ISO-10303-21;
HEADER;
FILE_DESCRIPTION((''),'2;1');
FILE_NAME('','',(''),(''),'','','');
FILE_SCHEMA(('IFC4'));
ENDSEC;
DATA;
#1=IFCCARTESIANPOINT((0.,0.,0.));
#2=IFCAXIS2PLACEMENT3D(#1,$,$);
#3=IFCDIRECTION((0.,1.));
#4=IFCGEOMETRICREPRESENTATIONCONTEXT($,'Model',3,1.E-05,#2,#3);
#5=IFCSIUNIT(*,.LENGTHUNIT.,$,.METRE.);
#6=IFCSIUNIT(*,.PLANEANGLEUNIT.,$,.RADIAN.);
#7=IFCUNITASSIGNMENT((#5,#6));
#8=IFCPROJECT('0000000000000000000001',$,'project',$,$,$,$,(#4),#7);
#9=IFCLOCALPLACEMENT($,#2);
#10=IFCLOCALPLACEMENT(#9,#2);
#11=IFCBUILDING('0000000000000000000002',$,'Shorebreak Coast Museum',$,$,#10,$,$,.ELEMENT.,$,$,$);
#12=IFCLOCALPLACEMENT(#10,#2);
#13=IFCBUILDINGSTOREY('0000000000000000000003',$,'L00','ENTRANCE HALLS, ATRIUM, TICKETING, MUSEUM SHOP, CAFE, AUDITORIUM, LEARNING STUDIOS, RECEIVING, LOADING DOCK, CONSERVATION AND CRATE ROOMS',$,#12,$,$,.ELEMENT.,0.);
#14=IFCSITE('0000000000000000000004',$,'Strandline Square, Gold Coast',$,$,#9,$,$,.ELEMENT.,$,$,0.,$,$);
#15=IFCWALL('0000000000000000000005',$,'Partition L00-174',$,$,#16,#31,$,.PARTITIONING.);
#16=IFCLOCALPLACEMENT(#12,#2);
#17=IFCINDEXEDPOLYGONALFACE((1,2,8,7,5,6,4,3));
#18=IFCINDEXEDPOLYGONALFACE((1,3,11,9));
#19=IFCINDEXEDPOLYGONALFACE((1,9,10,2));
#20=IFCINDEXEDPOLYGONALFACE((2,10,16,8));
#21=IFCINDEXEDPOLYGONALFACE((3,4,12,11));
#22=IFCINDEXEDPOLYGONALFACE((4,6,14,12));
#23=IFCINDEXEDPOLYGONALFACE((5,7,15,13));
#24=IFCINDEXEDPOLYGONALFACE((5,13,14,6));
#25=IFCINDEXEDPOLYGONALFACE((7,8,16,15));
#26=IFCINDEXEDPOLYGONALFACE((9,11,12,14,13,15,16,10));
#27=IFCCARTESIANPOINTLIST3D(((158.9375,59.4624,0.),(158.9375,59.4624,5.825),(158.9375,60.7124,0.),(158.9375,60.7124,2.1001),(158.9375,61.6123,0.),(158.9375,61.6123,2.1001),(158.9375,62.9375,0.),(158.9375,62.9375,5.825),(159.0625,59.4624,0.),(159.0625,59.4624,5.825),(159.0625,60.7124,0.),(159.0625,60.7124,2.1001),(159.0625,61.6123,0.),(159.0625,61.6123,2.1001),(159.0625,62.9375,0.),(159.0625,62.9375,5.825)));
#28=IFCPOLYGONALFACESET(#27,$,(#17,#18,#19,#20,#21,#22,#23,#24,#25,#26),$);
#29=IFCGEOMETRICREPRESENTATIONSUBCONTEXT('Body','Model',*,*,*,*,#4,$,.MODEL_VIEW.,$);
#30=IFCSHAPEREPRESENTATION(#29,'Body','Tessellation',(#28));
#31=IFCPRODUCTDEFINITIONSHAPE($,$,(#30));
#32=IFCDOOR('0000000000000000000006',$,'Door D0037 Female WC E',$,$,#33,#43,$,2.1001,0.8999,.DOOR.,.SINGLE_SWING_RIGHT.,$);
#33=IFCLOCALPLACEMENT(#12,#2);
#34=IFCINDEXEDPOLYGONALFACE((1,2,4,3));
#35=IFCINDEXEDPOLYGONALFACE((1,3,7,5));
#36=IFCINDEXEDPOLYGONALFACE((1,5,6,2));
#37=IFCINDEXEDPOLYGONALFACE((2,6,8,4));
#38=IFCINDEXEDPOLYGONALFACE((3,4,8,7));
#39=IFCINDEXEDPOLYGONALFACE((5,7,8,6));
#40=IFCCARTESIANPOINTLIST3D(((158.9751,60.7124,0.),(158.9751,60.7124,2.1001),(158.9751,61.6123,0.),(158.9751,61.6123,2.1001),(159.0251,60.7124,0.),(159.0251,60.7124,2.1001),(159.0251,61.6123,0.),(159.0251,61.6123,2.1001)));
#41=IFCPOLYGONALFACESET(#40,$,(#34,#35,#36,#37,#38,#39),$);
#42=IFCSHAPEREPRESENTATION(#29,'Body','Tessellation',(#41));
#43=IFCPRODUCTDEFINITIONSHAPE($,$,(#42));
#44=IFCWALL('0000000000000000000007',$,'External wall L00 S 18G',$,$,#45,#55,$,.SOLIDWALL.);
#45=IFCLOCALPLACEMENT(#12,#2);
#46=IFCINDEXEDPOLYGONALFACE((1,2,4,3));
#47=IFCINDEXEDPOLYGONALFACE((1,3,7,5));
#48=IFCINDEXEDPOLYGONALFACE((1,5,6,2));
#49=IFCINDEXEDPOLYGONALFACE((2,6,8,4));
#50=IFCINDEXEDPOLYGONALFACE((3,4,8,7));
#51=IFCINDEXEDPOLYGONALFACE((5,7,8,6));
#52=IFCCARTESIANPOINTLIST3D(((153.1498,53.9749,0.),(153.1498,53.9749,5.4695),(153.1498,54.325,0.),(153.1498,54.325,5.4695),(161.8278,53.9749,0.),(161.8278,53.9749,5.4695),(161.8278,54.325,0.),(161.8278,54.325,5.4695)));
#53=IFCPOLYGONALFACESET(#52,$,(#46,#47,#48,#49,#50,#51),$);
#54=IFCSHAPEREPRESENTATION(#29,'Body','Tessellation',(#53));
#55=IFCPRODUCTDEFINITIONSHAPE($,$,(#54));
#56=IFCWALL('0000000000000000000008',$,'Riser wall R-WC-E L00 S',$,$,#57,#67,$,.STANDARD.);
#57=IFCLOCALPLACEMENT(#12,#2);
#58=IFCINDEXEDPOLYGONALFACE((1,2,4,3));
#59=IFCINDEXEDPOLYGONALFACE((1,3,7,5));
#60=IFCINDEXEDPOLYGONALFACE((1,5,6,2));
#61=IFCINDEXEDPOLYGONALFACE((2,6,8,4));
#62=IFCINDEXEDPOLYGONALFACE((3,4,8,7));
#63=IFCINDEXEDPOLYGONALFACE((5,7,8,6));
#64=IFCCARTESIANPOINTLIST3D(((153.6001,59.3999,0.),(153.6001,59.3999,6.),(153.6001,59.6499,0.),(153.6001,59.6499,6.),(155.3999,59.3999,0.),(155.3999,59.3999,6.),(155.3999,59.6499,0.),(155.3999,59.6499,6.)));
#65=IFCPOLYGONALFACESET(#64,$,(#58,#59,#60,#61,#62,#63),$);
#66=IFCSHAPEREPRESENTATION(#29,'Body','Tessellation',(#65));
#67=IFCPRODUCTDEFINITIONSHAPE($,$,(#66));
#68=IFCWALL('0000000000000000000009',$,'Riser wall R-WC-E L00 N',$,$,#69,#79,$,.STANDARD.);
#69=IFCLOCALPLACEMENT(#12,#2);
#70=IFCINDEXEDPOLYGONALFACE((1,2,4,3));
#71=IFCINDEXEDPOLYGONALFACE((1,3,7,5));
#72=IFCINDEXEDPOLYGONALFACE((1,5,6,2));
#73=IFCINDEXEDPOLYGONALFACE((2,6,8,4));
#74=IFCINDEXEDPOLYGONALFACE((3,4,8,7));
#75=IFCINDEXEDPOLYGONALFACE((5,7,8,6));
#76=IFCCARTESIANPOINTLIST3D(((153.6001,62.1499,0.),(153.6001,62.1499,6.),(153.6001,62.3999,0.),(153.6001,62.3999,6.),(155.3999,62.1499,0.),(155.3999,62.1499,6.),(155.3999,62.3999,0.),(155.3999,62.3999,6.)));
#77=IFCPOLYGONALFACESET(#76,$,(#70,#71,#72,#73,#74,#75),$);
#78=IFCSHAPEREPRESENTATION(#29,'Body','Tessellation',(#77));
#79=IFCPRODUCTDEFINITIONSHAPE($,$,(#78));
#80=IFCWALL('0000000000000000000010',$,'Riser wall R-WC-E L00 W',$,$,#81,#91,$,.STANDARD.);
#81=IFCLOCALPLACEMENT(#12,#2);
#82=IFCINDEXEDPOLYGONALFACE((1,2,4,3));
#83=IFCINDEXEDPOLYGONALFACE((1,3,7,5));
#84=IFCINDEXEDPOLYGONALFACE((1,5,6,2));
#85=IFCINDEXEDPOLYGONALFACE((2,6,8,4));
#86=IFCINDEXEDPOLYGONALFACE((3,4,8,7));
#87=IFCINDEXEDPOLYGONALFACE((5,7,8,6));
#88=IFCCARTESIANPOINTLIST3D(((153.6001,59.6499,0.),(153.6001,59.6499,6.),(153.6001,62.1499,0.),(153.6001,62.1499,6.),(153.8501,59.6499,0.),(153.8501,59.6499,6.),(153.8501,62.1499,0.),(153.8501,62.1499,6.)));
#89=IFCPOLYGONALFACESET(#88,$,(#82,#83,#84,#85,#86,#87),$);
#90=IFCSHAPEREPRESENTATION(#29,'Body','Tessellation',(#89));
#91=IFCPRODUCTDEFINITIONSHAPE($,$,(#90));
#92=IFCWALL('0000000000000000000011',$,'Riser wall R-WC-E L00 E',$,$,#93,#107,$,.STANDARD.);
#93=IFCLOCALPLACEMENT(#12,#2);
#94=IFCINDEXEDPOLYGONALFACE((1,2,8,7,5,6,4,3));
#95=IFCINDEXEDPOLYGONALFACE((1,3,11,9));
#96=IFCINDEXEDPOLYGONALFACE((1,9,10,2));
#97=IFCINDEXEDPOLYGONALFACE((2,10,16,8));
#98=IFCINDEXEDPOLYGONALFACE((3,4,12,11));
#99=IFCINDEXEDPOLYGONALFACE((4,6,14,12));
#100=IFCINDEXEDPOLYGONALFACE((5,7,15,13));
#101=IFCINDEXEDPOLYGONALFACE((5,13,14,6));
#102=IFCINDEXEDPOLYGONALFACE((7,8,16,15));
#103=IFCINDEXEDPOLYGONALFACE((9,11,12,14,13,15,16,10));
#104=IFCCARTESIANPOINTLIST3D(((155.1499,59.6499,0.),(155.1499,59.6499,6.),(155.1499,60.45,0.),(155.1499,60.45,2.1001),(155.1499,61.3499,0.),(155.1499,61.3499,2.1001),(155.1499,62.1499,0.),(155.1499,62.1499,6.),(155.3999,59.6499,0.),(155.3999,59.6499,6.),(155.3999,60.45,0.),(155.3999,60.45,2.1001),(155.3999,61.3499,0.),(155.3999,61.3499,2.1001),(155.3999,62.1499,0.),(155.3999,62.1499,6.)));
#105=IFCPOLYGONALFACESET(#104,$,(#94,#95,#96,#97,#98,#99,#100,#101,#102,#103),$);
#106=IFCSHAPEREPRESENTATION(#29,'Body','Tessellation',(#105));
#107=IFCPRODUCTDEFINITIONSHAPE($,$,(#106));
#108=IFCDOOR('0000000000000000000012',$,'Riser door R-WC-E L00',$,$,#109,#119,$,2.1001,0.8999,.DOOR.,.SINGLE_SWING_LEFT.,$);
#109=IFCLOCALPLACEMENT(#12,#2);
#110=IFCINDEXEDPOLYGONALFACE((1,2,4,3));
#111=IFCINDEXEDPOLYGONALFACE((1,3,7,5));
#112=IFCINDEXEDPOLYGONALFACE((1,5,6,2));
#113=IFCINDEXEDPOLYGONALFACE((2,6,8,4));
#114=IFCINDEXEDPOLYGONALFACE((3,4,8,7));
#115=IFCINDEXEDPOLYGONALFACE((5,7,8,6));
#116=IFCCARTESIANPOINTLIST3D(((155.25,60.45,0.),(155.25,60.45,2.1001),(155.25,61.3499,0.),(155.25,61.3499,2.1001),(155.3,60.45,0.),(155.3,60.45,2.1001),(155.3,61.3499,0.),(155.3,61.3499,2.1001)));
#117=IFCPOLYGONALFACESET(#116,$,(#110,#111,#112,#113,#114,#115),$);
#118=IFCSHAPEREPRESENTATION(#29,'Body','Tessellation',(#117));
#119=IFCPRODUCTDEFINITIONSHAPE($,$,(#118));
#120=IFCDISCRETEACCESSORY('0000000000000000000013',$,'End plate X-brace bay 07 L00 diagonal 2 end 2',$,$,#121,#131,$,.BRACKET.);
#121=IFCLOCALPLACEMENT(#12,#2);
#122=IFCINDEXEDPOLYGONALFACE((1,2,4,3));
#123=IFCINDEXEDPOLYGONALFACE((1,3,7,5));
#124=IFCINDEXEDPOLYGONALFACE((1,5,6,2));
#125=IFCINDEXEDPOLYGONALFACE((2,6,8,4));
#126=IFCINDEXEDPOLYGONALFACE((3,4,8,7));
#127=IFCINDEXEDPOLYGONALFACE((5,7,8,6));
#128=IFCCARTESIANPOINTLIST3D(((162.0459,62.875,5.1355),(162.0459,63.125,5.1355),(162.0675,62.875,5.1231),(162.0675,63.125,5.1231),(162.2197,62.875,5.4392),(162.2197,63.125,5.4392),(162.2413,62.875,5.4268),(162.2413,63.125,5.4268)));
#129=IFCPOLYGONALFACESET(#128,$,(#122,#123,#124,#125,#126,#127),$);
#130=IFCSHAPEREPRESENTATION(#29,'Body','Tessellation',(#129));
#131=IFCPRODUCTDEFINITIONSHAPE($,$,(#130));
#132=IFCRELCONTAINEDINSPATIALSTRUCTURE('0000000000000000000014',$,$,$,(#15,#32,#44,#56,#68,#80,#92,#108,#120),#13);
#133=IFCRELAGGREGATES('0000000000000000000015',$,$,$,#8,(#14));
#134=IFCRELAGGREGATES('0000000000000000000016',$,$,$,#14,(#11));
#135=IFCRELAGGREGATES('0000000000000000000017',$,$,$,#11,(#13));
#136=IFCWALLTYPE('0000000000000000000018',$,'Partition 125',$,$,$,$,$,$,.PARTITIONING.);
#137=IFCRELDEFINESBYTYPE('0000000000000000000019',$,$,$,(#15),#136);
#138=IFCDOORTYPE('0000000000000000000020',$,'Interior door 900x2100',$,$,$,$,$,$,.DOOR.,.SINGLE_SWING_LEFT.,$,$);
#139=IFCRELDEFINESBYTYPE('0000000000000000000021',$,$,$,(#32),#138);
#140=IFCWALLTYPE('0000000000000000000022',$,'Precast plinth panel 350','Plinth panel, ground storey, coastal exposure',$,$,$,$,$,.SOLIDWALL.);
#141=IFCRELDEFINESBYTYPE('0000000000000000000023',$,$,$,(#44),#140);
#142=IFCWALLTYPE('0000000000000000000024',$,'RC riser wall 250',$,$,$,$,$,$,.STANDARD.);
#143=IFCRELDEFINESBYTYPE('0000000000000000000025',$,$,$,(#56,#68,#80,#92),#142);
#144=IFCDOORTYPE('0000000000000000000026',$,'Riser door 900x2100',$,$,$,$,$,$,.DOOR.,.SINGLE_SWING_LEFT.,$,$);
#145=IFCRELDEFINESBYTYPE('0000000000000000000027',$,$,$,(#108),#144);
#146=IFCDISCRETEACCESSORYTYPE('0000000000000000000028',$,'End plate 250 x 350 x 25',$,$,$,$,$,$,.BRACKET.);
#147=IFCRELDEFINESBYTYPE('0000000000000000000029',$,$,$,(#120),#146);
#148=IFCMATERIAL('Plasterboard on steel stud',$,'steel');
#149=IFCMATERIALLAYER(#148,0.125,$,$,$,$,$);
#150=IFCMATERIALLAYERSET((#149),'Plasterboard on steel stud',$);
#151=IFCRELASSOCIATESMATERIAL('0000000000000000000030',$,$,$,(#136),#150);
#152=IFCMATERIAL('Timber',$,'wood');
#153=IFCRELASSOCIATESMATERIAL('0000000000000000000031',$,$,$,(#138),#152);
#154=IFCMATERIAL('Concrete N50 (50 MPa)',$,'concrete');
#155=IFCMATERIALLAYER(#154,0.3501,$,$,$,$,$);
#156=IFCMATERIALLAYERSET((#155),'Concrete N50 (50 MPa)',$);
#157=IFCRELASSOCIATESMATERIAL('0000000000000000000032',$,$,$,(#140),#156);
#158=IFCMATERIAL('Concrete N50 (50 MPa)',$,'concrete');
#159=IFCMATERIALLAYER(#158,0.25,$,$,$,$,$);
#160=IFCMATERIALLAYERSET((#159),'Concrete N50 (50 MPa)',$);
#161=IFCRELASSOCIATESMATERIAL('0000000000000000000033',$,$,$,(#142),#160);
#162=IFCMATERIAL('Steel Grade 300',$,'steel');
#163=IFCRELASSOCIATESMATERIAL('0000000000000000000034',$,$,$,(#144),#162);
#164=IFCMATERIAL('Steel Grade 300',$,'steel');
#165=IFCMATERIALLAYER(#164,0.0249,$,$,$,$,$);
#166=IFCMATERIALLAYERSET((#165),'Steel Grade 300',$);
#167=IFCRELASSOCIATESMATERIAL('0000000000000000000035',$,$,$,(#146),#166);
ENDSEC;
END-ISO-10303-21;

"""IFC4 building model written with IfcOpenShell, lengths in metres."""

from ifc_helpers import new_model, si_unit, direction, frame, frame_2d, origin, place, context, subcontext, project, spatial, polyline, rectangle, outline, extrude, material, layer, layer_set, type_object, element, fill, save


model = new_model("IFC4")

# Units and contexts
model_context = context("Model", 3, precision=1e-05, world=origin(), true_north=direction((0.0, 1.0)))
body_context = subcontext(model_context, "Body", "Model", "MODEL_VIEW")
ifc_project = project(units=[si_unit("LENGTHUNIT", "METRE"), si_unit("PLANEANGLEUNIT", "RADIAN")], contexts=[model_context])

# Site, building, storey
site_placement = place(None, origin())
site = spatial("IfcSite", under=ifc_project, at=site_placement, Name="Strandline Square, Gold Coast", CompositionType="ELEMENT", RefElevation=0.0)
building_placement = place(site_placement, origin())
building = spatial("IfcBuilding", under=site, at=building_placement, Name="Shorebreak Coast Museum", CompositionType="ELEMENT")
storey_placement = place(building_placement, origin())
storey = spatial("IfcBuildingStorey", under=building, at=storey_placement, Name="L00", Description="ENTRANCE HALLS, ATRIUM, TICKETING, MUSEUM SHOP, CAFE, AUDITORIUM, LEARNING STUDIOS, RECEIVING, LOADING DOCK, CONSERVATION AND CRATE ROOMS", CompositionType="ELEMENT", Elevation=0.0)

# Shared definitions
ifc_material_1 = material(Name="Plasterboard on steel stud", Category="steel")
ifc_layer_1 = layer(ifc_material_1, 0.125)
ifc_layer_set_1 = layer_set([ifc_layer_1], Name="Plasterboard on steel stud")
wall_type_1 = type_object("IfcWallType", Name="Partition 125", PredefinedType="PARTITIONING", material=ifc_layer_set_1)

# Wall, opening, door
wall_1_placement = place(storey_placement, frame((159.0, 59.4624, 0.0), z_axis=(0.0, 0.0, 1.0), x_axis=(0.0, 1.0, 0.0)))
wall_1 = element("IfcWall", 1, at=wall_1_placement, inside=storey, type_object=wall_type_1, Name="Partition L00-174", PredefinedType="PARTITIONING", context=body_context, shape_type="SweptSolid", body=[
    extrude(rectangle(XDim=3.4751, YDim=0.125, at=frame_2d((1.7375, 0.0))), origin(), (0.0, 0.0, 1.0), 5.825),
])
opening_1_placement = place(wall_1_placement, frame((1.25, 0.0, 0.0)))
opening_1 = element("IfcOpeningElement", 2, at=opening_1_placement, cuts=wall_1, PredefinedType="OPENING", context=body_context, shape_type="SweptSolid", body=[
    extrude(rectangle(XDim=0.8999, YDim=2.1001, at=frame_2d((0.45, 1.05))), frame((0.0, 0.0725, 0.0), z_axis=(0.0, -1.0, 0.0), x_axis=(1.0, 0.0, 0.0)), (0.0, 0.0, 1.0), 0.145),
])
ifc_material_2 = material(Name="Timber", Category="wood")
door_type_1 = type_object("IfcDoorType", Name="Interior door 900x2100", OperationType="SINGLE_SWING_LEFT", PredefinedType="DOOR", material=ifc_material_2)
door_1_placement = place(opening_1_placement, origin())
door_1 = element("IfcDoor", 3, at=door_1_placement, inside=storey, type_object=door_type_1, Name="Door D0037 Female WC E", OperationType="SINGLE_SWING_RIGHT", OverallHeight=2.1001, OverallWidth=0.8999, PredefinedType="DOOR", context=body_context, shape_type="SweptSolid", body=[
    extrude(rectangle(XDim=0.8999, YDim=2.1001, at=frame_2d((0.45, 1.05))), frame((0.0, 0.0249, 0.0), z_axis=(0.0, -1.0, 0.0), x_axis=(1.0, 0.0, 0.0)), (0.0, 0.0, 1.0), 0.05),
])
fill(opening_1, door_1)

# Walls
ifc_material_3 = material(Name="Concrete N50 (50 MPa)", Category="concrete")
ifc_layer_2 = layer(ifc_material_3, 0.3501)
ifc_layer_set_2 = layer_set([ifc_layer_2], Name="Concrete N50 (50 MPa)")
wall_type_2 = type_object("IfcWallType", Name="Precast plinth panel 350", Description="Plinth panel, ground storey, coastal exposure", PredefinedType="SOLIDWALL", material=ifc_layer_set_2)
wall_2_placement = place(storey_placement, frame((153.1499, 54.1499, 0.0), z_axis=(0.0, 0.0, 1.0), x_axis=(1.0, 0.0, 0.0)))
element("IfcWall", 4, at=wall_2_placement, inside=storey, type_object=wall_type_2, Name="External wall L00 S 18G", PredefinedType="SOLIDWALL", context=body_context, shape_type="SweptSolid", body=[
    extrude(rectangle(XDim=8.678, YDim=0.3501, at=frame_2d((4.3389, 0.0))), origin(), (0.0, 0.0, 1.0), 5.4695),
])
ifc_material_4 = material(Name="Concrete N50 (50 MPa)", Category="concrete")
ifc_layer_3 = layer(ifc_material_4, 0.25)
ifc_layer_set_3 = layer_set([ifc_layer_3], Name="Concrete N50 (50 MPa)")
wall_type_3 = type_object("IfcWallType", Name="RC riser wall 250", PredefinedType="STANDARD", material=ifc_layer_set_3)
for number, where, z_axis, x_axis, name in (
    (5, (153.6001, 59.5249, 0.0), (0.0, 0.0, 1.0), (1.0, 0.0, 0.0), "Riser wall R-WC-E L00 S"),
    (6, (153.6001, 62.2749, 0.0), (0.0, 0.0, 1.0), (1.0, 0.0, 0.0), "Riser wall R-WC-E L00 N"),
):
    element("IfcWall", number, at=place(storey_placement, frame(where, z_axis=z_axis, x_axis=x_axis)), inside=storey, type_object=wall_type_3, Name=name, PredefinedType="STANDARD", context=body_context, shape_type="SweptSolid", body=[
        extrude(rectangle(XDim=1.7998, YDim=0.25, at=frame_2d((0.8999, 0.0))), origin(), (0.0, 0.0, 1.0), 6.0),
    ])
wall_3_placement = place(storey_placement, frame((153.7251, 59.6499, 0.0), z_axis=(0.0, 0.0, 1.0), x_axis=(0.0, 1.0, 0.0)))
element("IfcWall", 7, at=wall_3_placement, inside=storey, type_object=wall_type_3, Name="Riser wall R-WC-E L00 W", PredefinedType="STANDARD", context=body_context, shape_type="SweptSolid", body=[
    extrude(rectangle(XDim=2.5, YDim=0.25, at=frame_2d((1.25, 0.0))), origin(), (0.0, 0.0, 1.0), 6.0),
])

# Wall, opening, door
wall_4_placement = place(storey_placement, frame((155.2749, 59.6499, 0.0), z_axis=(0.0, 0.0, 1.0), x_axis=(0.0, 1.0, 0.0)))
wall_4 = element("IfcWall", 8, at=wall_4_placement, inside=storey, type_object=wall_type_3, Name="Riser wall R-WC-E L00 E", PredefinedType="STANDARD", context=body_context, shape_type="SweptSolid", body=[
    extrude(rectangle(XDim=2.5, YDim=0.25, at=frame_2d((1.25, 0.0))), origin(), (0.0, 0.0, 1.0), 6.0),
])
opening_2_placement = place(wall_4_placement, frame((0.8, 0.0, 0.0)))
opening_2 = element("IfcOpeningElement", 9, at=opening_2_placement, cuts=wall_4, PredefinedType="OPENING", context=body_context, shape_type="SweptSolid", body=[
    extrude(rectangle(XDim=0.8999, YDim=2.1001, at=frame_2d((0.45, 1.05))), frame((0.0, 0.135, 0.0), z_axis=(0.0, -1.0, 0.0), x_axis=(1.0, 0.0, 0.0)), (0.0, 0.0, 1.0), 0.27),
])
ifc_material_5 = material(Name="Steel Grade 300", Category="steel")
door_type_2 = type_object("IfcDoorType", Name="Riser door 900x2100", OperationType="SINGLE_SWING_LEFT", PredefinedType="DOOR", material=ifc_material_5)
door_2_placement = place(opening_2_placement, origin())
door_2 = element("IfcDoor", 10, at=door_2_placement, inside=storey, type_object=door_type_2, Name="Riser door R-WC-E L00", OperationType="SINGLE_SWING_LEFT", OverallHeight=2.1001, OverallWidth=0.8999, PredefinedType="DOOR", context=body_context, shape_type="SweptSolid", body=[
    extrude(rectangle(XDim=0.8999, YDim=2.1001, at=frame_2d((0.45, 1.05))), frame((0.0, 0.0249, 0.0), z_axis=(0.0, -1.0, 0.0), x_axis=(1.0, 0.0, 0.0)), (0.0, 0.0, 1.0), 0.05),
])
fill(opening_2, door_2)

# Discrete accessory
ifc_material_6 = material(Name="Steel Grade 300", Category="steel")
ifc_layer_4 = layer(ifc_material_6, 0.0249)
ifc_layer_set_4 = layer_set([ifc_layer_4], Name="Steel Grade 300")
discrete_accessory_type = type_object("IfcDiscreteAccessoryType", Name="End plate 250 x 350 x 25", PredefinedType="BRACKET", material=ifc_layer_set_4)
discrete_accessory_placement = place(storey_placement, frame((162.0459, 63.125, 5.1355), z_axis=(-0.867899, 0.0, 0.49674), x_axis=(0.0, -1.0, 0.0)))
element("IfcDiscreteAccessory", 11, at=discrete_accessory_placement, inside=storey, type_object=discrete_accessory_type, Name="End plate X-brace bay 07 L00 diagonal 2 end 2", PredefinedType="BRACKET", context=body_context, shape_type="SweptSolid", body=[
    extrude(outline(polyline([(0.0, 0.0), (0.25, 0.0), (0.25, 0.3499), (0.0, 0.3499), (0.0, 0.0)])), origin(), (0.0, 0.0, -1.0), 0.0249),
])

save(model, "model.ifc")
